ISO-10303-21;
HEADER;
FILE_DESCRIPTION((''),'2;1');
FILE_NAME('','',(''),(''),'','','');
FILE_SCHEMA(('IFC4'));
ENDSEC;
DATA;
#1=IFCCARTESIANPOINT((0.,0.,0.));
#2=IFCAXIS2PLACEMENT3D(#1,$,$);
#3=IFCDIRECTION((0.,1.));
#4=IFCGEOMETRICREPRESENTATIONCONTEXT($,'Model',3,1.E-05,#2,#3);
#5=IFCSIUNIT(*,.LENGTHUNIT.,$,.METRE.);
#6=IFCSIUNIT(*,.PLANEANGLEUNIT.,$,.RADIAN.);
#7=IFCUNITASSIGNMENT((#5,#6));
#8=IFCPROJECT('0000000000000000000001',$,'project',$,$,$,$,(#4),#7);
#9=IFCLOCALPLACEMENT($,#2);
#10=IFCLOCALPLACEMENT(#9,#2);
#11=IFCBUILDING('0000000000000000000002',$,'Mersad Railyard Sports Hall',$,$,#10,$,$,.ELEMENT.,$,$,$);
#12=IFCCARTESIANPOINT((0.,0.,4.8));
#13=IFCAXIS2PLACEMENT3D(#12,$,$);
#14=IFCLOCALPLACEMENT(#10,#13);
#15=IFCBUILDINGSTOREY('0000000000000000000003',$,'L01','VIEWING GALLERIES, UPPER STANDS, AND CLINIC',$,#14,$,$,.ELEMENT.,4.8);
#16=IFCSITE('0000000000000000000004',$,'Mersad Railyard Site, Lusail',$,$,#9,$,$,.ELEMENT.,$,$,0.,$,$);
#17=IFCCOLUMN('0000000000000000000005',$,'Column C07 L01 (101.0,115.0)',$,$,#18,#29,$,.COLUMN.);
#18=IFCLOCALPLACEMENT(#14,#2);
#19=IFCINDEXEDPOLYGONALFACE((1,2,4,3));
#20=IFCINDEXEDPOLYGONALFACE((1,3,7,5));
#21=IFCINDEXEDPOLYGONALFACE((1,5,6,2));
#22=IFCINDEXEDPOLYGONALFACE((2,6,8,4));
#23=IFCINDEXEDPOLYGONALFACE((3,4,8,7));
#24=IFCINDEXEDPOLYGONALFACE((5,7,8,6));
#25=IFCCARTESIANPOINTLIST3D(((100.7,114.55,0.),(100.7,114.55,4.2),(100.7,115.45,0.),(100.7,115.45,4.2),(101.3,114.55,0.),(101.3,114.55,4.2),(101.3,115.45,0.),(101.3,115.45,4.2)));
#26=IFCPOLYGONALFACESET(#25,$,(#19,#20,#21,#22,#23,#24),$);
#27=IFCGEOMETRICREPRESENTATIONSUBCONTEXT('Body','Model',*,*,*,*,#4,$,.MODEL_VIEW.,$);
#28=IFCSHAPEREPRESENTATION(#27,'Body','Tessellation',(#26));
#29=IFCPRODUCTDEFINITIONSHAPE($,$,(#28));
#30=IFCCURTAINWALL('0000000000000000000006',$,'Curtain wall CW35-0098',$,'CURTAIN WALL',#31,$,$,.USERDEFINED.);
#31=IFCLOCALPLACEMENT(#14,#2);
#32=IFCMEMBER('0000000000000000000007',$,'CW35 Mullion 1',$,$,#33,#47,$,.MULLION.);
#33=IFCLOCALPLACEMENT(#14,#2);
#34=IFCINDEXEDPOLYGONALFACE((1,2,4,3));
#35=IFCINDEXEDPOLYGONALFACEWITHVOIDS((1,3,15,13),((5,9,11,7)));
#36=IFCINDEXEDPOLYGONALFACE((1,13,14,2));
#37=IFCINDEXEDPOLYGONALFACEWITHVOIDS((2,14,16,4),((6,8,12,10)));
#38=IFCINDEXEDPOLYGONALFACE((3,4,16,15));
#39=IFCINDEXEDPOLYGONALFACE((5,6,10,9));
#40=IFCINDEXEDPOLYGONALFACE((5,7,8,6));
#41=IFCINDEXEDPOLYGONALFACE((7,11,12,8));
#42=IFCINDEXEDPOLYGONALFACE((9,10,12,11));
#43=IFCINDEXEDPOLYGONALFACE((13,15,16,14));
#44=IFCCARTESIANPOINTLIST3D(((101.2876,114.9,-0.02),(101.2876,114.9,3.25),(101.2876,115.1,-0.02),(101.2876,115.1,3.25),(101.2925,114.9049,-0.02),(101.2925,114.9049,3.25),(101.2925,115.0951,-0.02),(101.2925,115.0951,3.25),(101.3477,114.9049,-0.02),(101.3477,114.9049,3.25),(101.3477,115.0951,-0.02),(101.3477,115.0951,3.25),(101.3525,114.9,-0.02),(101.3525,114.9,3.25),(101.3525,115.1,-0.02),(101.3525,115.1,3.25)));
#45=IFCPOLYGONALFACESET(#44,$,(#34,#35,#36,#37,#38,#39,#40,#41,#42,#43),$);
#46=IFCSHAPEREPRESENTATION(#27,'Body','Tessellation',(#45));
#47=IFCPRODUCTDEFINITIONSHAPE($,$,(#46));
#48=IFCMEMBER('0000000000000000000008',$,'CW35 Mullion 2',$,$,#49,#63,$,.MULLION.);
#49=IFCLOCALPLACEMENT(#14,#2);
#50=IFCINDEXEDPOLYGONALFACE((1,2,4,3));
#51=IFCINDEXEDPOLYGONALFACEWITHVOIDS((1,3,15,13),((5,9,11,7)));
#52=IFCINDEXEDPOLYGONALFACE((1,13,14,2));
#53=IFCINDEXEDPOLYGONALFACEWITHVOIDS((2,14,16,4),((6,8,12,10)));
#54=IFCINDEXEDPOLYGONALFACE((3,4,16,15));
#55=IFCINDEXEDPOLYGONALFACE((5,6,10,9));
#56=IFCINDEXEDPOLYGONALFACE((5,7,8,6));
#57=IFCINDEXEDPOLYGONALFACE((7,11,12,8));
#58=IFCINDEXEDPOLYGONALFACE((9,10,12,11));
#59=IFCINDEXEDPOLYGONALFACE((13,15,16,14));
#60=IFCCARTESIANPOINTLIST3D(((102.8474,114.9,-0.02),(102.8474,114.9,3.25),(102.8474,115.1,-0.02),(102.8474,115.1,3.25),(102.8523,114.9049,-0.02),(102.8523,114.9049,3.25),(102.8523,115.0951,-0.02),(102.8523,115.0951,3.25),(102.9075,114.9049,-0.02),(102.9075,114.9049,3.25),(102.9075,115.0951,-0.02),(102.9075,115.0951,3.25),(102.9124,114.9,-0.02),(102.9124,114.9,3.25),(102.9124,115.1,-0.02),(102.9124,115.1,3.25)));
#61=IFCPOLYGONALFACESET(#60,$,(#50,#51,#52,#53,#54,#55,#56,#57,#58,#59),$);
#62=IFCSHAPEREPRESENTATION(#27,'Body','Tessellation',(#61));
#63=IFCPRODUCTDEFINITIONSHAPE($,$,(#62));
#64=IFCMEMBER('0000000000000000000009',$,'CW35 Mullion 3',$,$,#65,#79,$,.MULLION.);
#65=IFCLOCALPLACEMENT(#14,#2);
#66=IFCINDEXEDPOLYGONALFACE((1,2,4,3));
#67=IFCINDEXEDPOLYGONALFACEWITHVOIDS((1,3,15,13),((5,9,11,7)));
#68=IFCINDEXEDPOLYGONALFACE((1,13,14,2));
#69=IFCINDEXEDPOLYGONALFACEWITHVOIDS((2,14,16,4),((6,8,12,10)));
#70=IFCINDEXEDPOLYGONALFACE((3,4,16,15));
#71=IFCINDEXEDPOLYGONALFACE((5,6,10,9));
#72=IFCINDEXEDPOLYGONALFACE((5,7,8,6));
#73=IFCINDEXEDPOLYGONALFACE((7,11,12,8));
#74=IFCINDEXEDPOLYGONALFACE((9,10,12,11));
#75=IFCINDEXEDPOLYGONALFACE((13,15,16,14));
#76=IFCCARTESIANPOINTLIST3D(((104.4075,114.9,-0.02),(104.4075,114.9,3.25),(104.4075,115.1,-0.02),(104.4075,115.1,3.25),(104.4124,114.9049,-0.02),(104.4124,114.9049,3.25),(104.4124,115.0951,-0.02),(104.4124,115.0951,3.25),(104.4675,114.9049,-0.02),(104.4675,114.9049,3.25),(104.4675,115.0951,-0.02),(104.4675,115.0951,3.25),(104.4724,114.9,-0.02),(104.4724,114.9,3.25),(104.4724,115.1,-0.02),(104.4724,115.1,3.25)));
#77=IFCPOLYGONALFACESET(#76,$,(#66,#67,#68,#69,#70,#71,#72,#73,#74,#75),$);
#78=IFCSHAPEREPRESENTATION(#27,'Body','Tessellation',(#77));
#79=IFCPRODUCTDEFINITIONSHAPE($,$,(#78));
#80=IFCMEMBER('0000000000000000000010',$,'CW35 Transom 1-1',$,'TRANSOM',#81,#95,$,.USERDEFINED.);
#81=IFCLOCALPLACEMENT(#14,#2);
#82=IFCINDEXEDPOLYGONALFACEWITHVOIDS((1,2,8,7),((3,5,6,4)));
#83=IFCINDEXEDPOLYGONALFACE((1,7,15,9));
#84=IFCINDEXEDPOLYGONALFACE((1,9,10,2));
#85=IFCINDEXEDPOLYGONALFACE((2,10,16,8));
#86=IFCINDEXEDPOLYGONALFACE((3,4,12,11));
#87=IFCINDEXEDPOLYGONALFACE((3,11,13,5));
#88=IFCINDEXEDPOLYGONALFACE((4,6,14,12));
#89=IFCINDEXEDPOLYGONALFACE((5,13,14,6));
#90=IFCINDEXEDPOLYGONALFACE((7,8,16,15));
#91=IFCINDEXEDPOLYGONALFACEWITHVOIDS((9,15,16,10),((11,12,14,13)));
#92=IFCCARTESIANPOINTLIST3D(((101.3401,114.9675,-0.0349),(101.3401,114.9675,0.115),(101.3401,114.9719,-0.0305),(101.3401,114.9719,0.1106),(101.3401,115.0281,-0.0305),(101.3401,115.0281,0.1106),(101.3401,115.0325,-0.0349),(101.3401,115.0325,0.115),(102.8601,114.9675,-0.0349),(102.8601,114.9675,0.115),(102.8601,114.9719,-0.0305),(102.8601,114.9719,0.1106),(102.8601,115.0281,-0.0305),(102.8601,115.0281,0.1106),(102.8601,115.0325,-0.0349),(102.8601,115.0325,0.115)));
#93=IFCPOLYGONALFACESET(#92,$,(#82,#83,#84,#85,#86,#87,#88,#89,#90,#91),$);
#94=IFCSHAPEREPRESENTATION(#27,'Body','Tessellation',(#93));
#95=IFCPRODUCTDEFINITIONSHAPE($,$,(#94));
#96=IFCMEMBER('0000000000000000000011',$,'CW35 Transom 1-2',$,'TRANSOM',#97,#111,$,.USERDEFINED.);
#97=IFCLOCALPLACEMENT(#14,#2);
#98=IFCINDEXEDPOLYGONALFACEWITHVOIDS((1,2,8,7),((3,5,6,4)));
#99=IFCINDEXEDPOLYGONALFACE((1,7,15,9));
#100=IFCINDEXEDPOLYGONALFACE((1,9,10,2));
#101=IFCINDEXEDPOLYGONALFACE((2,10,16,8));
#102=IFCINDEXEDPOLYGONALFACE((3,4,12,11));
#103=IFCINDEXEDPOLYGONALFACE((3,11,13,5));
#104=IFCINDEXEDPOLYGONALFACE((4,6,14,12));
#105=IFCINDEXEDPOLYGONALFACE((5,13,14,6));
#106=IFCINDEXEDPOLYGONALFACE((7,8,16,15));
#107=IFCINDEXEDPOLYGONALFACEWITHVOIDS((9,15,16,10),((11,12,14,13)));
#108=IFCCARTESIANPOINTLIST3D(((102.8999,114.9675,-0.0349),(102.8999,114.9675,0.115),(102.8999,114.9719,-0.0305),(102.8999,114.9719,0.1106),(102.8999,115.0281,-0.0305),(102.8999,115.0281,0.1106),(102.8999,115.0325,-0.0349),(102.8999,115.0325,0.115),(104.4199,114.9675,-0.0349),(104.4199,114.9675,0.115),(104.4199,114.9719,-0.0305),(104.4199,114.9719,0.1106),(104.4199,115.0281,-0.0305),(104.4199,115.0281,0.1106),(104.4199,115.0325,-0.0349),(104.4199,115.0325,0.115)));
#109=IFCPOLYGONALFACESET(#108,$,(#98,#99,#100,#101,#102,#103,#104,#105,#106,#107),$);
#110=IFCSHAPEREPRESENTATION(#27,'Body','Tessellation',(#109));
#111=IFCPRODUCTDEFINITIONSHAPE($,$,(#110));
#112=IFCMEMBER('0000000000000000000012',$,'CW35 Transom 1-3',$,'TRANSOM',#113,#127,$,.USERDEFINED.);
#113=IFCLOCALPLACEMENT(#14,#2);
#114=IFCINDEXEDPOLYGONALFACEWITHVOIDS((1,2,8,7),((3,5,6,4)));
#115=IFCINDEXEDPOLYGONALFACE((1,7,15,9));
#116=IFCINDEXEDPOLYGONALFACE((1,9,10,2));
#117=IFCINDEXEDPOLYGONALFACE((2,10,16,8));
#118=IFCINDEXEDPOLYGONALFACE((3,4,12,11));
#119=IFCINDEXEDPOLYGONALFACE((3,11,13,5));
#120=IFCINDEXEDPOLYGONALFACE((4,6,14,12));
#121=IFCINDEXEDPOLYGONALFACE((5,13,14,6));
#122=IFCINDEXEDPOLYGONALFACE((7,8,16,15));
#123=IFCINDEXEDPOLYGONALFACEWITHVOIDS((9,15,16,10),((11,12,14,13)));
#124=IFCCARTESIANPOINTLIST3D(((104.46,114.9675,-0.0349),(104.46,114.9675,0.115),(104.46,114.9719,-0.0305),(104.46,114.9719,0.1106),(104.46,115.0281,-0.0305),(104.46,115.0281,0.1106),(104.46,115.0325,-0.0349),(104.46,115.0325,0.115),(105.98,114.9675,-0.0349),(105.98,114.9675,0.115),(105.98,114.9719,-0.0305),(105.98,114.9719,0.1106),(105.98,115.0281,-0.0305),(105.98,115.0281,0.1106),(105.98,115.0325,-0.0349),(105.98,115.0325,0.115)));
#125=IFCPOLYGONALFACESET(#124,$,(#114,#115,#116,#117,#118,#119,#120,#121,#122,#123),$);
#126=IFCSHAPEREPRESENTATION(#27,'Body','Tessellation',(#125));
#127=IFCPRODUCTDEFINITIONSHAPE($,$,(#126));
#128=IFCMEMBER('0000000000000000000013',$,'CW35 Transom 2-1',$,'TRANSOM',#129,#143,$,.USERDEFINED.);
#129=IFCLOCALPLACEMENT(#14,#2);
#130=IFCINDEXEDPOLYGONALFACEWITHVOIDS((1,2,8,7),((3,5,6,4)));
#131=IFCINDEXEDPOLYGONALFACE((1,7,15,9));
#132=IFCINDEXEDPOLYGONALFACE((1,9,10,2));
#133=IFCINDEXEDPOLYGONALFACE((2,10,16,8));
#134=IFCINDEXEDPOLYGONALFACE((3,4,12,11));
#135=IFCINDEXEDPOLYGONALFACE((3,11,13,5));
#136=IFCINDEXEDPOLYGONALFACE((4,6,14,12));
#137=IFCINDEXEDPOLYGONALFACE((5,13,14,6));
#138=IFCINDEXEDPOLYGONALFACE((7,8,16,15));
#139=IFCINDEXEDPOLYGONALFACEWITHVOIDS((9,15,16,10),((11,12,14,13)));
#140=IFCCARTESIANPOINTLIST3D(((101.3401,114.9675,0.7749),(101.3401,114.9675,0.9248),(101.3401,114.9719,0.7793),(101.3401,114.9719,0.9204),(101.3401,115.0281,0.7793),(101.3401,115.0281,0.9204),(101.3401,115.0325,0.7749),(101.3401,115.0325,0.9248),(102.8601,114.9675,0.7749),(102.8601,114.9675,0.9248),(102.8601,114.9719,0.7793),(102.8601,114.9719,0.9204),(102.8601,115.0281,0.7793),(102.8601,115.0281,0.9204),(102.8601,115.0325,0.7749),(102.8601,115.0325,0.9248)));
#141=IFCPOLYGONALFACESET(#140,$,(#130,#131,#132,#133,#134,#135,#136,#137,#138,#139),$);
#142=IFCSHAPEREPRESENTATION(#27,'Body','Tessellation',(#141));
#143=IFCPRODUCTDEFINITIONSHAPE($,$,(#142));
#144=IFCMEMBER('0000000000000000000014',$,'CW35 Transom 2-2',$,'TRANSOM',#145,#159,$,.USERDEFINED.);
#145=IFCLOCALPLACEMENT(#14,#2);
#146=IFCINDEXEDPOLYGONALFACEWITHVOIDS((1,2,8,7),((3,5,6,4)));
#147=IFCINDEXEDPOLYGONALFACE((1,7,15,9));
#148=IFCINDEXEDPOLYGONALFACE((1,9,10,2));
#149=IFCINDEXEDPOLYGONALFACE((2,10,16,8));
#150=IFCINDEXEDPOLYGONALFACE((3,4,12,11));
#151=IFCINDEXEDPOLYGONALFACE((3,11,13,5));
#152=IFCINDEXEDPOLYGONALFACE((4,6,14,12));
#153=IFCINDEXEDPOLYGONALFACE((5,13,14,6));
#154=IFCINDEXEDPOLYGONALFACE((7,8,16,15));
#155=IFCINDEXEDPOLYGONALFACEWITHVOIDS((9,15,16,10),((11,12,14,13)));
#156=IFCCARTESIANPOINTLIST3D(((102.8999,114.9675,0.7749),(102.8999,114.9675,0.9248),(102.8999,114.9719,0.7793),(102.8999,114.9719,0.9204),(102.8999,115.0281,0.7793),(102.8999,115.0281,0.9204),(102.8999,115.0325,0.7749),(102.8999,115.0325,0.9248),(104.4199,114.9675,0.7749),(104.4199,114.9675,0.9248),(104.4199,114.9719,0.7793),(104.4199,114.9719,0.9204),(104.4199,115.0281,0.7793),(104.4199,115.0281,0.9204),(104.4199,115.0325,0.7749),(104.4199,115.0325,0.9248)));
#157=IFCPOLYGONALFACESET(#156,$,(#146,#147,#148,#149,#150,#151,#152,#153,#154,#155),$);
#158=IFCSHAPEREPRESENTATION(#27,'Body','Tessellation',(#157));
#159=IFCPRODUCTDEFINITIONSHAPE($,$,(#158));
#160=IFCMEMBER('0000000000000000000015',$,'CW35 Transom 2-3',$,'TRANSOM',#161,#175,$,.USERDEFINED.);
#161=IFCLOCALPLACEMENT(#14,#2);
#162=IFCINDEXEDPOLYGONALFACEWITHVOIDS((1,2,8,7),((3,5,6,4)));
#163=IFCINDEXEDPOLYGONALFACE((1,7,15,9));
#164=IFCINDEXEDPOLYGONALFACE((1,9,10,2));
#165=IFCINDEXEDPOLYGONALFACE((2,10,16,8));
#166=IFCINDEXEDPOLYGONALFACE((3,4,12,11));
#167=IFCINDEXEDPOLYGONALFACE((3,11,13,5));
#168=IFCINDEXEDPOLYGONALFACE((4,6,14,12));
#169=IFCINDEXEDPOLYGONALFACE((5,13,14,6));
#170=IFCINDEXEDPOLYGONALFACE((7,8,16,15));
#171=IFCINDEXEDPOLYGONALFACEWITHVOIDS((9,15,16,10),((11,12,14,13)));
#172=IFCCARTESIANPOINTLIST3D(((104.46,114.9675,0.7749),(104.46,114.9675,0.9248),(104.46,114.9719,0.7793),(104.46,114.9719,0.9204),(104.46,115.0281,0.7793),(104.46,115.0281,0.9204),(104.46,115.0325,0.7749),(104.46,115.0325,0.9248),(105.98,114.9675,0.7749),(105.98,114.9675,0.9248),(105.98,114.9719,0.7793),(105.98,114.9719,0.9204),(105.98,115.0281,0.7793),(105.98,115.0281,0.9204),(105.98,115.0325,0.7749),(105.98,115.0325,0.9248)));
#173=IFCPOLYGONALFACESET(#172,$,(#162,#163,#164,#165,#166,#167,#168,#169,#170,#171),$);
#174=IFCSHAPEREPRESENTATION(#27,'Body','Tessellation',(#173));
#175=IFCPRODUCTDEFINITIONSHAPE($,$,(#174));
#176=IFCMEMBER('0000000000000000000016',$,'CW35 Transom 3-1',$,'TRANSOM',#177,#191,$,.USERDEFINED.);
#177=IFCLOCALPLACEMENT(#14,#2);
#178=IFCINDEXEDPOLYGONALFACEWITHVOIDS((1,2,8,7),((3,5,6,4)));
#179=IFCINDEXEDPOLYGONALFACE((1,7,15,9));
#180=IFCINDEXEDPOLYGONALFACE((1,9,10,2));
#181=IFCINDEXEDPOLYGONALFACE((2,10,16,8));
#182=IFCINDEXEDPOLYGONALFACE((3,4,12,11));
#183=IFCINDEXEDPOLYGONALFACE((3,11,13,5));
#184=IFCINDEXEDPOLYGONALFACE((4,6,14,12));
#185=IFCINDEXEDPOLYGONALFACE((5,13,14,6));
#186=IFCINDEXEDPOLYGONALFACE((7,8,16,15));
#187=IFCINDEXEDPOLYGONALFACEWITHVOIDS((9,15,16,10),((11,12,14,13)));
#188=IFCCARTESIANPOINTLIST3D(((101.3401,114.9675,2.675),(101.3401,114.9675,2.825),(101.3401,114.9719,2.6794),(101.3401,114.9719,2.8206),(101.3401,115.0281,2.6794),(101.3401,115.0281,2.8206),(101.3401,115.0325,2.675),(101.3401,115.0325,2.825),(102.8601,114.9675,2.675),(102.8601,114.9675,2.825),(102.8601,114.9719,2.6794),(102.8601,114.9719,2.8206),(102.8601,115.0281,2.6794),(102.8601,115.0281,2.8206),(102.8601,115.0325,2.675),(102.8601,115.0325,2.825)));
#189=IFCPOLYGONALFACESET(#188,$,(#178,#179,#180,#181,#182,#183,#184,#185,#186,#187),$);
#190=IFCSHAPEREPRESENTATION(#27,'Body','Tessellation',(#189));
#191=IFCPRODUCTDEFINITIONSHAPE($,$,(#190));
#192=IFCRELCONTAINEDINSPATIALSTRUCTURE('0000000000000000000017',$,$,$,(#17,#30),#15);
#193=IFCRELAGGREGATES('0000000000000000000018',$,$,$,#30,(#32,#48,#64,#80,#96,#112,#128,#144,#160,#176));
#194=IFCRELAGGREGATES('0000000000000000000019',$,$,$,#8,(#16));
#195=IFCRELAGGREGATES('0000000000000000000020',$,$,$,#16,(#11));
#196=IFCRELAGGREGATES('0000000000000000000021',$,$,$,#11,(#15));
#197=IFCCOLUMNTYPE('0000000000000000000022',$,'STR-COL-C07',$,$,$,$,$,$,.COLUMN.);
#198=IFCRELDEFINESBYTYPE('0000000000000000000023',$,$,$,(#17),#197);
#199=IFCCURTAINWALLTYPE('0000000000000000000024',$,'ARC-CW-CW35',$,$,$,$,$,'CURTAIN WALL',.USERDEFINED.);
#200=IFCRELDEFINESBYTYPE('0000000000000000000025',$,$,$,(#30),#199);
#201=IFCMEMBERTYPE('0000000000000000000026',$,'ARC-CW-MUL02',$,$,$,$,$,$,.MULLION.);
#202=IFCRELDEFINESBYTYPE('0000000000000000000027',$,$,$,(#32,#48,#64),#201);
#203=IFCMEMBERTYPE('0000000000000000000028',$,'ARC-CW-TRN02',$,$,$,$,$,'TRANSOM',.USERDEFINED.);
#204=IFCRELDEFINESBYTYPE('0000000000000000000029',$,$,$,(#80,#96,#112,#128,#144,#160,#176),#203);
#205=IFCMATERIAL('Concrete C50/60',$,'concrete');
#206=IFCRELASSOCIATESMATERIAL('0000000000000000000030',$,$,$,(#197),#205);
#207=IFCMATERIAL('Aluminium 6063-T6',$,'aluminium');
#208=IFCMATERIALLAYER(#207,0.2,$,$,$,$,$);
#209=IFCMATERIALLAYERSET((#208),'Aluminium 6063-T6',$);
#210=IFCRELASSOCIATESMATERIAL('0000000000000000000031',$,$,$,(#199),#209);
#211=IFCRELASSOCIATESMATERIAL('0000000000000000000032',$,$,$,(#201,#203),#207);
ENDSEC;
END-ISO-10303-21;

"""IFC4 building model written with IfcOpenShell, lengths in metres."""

from ifc_helpers import new_model, si_unit, direction, frame, origin, origin_2d, place, context, subcontext, project, spatial, rectangle, hollow_rectangle, extrude, material, layer, layer_set, material_profile, profile_set, type_object, element, aggregate, save


model = new_model("IFC4")

# Units and contexts
model_context = context("Model", 3, precision=1e-05, world=origin(), true_north=direction((0.0, 1.0)))
body_context = subcontext(model_context, "Body", "Model", "MODEL_VIEW")
ifc_project = project(units=[si_unit("LENGTHUNIT", "METRE"), si_unit("PLANEANGLEUNIT", "RADIAN")], contexts=[model_context])

# Site, building, storey
site_placement = place(None, origin())
site = spatial("IfcSite", under=ifc_project, at=site_placement, Name="Mersad Railyard Site, Lusail", CompositionType="ELEMENT", RefElevation=0.0)
building_placement = place(site_placement, origin())
building = spatial("IfcBuilding", under=site, at=building_placement, Name="Mersad Railyard Sports Hall", CompositionType="ELEMENT")
storey_placement = place(building_placement, frame((0.0, 0.0, 4.8)))
storey = spatial("IfcBuildingStorey", under=building, at=storey_placement, Name="L01", Description="VIEWING GALLERIES, UPPER STANDS, AND CLINIC", CompositionType="ELEMENT", Elevation=4.8)

# Column
ifc_material_1 = material(Name="Concrete C50/60", Category="concrete")
ifc_material_profile_1 = material_profile(ifc_material_1, rectangle(XDim=0.6001, YDim=0.8999, at=origin_2d()), Name="RC 600x900")
ifc_profile_set_1 = profile_set([ifc_material_profile_1], Name="Concrete C50/60")
column_type = type_object("IfcColumnType", Name="STR-COL-C07", PredefinedType="COLUMN", material=ifc_profile_set_1)
column_placement = place(storey_placement, frame((101.0, 115.0, 0.0), z_axis=(0.0, 0.0, 1.0), x_axis=(1.0, 0.0, 0.0)))
element("IfcColumn", 1, at=column_placement, inside=storey, type_object=column_type, Name="Column C07 L01 (101.0,115.0)", PredefinedType="COLUMN", context=body_context, shape_type="SweptSolid", body=[
    extrude(rectangle(XDim=0.6001, YDim=0.8999, at=origin_2d()), origin(), (0.0, 0.0, 1.0), 4.2),
])

# Curtain wall, members
ifc_material_2 = material(Name="Aluminium 6063-T6", Category="aluminium")
ifc_layer_1 = layer(ifc_material_2, 0.2)
ifc_layer_set_1 = layer_set([ifc_layer_1], Name="Aluminium 6063-T6")
curtain_wall_type = type_object("IfcCurtainWallType", Name="ARC-CW-CW35", ElementType="CURTAIN WALL", PredefinedType="USERDEFINED", material=ifc_layer_set_1)
curtain_wall_placement = place(storey_placement, origin())
curtain_wall = element("IfcCurtainWall", 2, at=curtain_wall_placement, inside=storey, type_object=curtain_wall_type, Name="Curtain wall CW35-0098", ObjectType="CURTAIN WALL", PredefinedType="USERDEFINED")
ifc_material_profile_2 = material_profile(ifc_material_2, hollow_rectangle(XDim=0.0649, YDim=0.2, WallThickness=0.0049, at=origin_2d()), Name="AL MULLION 65x200x5")
ifc_profile_set_2 = profile_set([ifc_material_profile_2], Name="Aluminium 6063-T6")
member_type_1 = type_object("IfcMemberType", Name="ARC-CW-MUL02", PredefinedType="MULLION", material=ifc_profile_set_2)
member_1_placement = place(storey_placement, frame((101.3201, 115.0, -0.02), z_axis=(0.0, 0.0, 1.0), x_axis=(1.0, 0.0, 0.0)))
member_1 = element("IfcMember", 3, at=member_1_placement, type_object=member_type_1, Name="CW35 Mullion 1", PredefinedType="MULLION", context=body_context, shape_type="SweptSolid", body=[
    extrude(hollow_rectangle(XDim=0.0649, YDim=0.2, WallThickness=0.0049, at=origin_2d()), origin(), (0.0, 0.0, 1.0), 3.27),
])
member_2_placement = place(storey_placement, frame((102.8799, 115.0, -0.02), z_axis=(0.0, 0.0, 1.0), x_axis=(1.0, 0.0, 0.0)))
member_2 = element("IfcMember", 4, at=member_2_placement, type_object=member_type_1, Name="CW35 Mullion 2", PredefinedType="MULLION", context=body_context, shape_type="SweptSolid", body=[
    extrude(hollow_rectangle(XDim=0.0649, YDim=0.2, WallThickness=0.0049, at=origin_2d()), origin(), (0.0, 0.0, 1.0), 3.27),
])
member_3_placement = place(storey_placement, frame((104.4399, 115.0, -0.02), z_axis=(0.0, 0.0, 1.0), x_axis=(1.0, 0.0, 0.0)))
member_3 = element("IfcMember", 5, at=member_3_placement, type_object=member_type_1, Name="CW35 Mullion 3", PredefinedType="MULLION", context=body_context, shape_type="SweptSolid", body=[
    extrude(hollow_rectangle(XDim=0.0649, YDim=0.2, WallThickness=0.0049, at=origin_2d()), origin(), (0.0, 0.0, 1.0), 3.27),
])
ifc_material_profile_3 = material_profile(ifc_material_2, hollow_rectangle(XDim=0.0649, YDim=0.1499, WallThickness=0.0044, at=origin_2d()), Name="AL TRANSOM 65x150x4.5")
ifc_profile_set_3 = profile_set([ifc_material_profile_3], Name="Aluminium 6063-T6")
member_type_2 = type_object("IfcMemberType", Name="ARC-CW-TRN02", ElementType="TRANSOM", PredefinedType="USERDEFINED", material=ifc_profile_set_3)
member_4_placement = place(storey_placement, frame((101.3401, 115.0, 0.04), z_axis=(1.0, 0.0, 0.0), x_axis=(0.0, 1.0, 0.0)))
member_4 = element("IfcMember", 6, at=member_4_placement, type_object=member_type_2, Name="CW35 Transom 1-1", ObjectType="TRANSOM", PredefinedType="USERDEFINED", context=body_context, shape_type="SweptSolid", body=[
    extrude(hollow_rectangle(XDim=0.0649, YDim=0.1499, WallThickness=0.0044, at=origin_2d()), origin(), (0.0, 0.0, 1.0), 1.52),
])
member_5_placement = place(storey_placement, frame((102.8999, 115.0, 0.04), z_axis=(1.0, 0.0, 0.0), x_axis=(0.0, 1.0, 0.0)))
member_5 = element("IfcMember", 7, at=member_5_placement, type_object=member_type_2, Name="CW35 Transom 1-2", ObjectType="TRANSOM", PredefinedType="USERDEFINED", context=body_context, shape_type="SweptSolid", body=[
    extrude(hollow_rectangle(XDim=0.0649, YDim=0.1499, WallThickness=0.0044, at=origin_2d()), origin(), (0.0, 0.0, 1.0), 1.52),
])
member_6_placement = place(storey_placement, frame((104.46, 115.0, 0.04), z_axis=(1.0, 0.0, 0.0), x_axis=(0.0, 1.0, 0.0)))
member_6 = element("IfcMember", 8, at=member_6_placement, type_object=member_type_2, Name="CW35 Transom 1-3", ObjectType="TRANSOM", PredefinedType="USERDEFINED", context=body_context, shape_type="SweptSolid", body=[
    extrude(hollow_rectangle(XDim=0.0649, YDim=0.1499, WallThickness=0.0044, at=origin_2d()), origin(), (0.0, 0.0, 1.0), 1.52),
])
member_7_placement = place(storey_placement, frame((101.3401, 115.0, 0.8499), z_axis=(1.0, 0.0, 0.0), x_axis=(0.0, 1.0, 0.0)))
member_7 = element("IfcMember", 9, at=member_7_placement, type_object=member_type_2, Name="CW35 Transom 2-1", ObjectType="TRANSOM", PredefinedType="USERDEFINED", context=body_context, shape_type="SweptSolid", body=[
    extrude(hollow_rectangle(XDim=0.0649, YDim=0.1499, WallThickness=0.0044, at=origin_2d()), origin(), (0.0, 0.0, 1.0), 1.52),
])
member_8_placement = place(storey_placement, frame((102.8999, 115.0, 0.8499), z_axis=(1.0, 0.0, 0.0), x_axis=(0.0, 1.0, 0.0)))
member_8 = element("IfcMember", 10, at=member_8_placement, type_object=member_type_2, Name="CW35 Transom 2-2", ObjectType="TRANSOM", PredefinedType="USERDEFINED", context=body_context, shape_type="SweptSolid", body=[
    extrude(hollow_rectangle(XDim=0.0649, YDim=0.1499, WallThickness=0.0044, at=origin_2d()), origin(), (0.0, 0.0, 1.0), 1.52),
])
member_9_placement = place(storey_placement, frame((104.46, 115.0, 0.8499), z_axis=(1.0, 0.0, 0.0), x_axis=(0.0, 1.0, 0.0)))
member_9 = element("IfcMember", 11, at=member_9_placement, type_object=member_type_2, Name="CW35 Transom 2-3", ObjectType="TRANSOM", PredefinedType="USERDEFINED", context=body_context, shape_type="SweptSolid", body=[
    extrude(hollow_rectangle(XDim=0.0649, YDim=0.1499, WallThickness=0.0044, at=origin_2d()), origin(), (0.0, 0.0, 1.0), 1.52),
])
member_10_placement = place(storey_placement, frame((101.3401, 115.0, 2.75), z_axis=(1.0, 0.0, 0.0), x_axis=(0.0, 1.0, 0.0)))
member_10 = element("IfcMember", 12, at=member_10_placement, type_object=member_type_2, Name="CW35 Transom 3-1", ObjectType="TRANSOM", PredefinedType="USERDEFINED", context=body_context, shape_type="SweptSolid", body=[
    extrude(hollow_rectangle(XDim=0.0649, YDim=0.1499, WallThickness=0.0044, at=origin_2d()), origin(), (0.0, 0.0, 1.0), 1.52),
])

aggregate(curtain_wall, [member_1, member_2, member_3, member_4, member_5, member_6, member_7, member_8, member_9, member_10])

save(model, "model.ifc")
